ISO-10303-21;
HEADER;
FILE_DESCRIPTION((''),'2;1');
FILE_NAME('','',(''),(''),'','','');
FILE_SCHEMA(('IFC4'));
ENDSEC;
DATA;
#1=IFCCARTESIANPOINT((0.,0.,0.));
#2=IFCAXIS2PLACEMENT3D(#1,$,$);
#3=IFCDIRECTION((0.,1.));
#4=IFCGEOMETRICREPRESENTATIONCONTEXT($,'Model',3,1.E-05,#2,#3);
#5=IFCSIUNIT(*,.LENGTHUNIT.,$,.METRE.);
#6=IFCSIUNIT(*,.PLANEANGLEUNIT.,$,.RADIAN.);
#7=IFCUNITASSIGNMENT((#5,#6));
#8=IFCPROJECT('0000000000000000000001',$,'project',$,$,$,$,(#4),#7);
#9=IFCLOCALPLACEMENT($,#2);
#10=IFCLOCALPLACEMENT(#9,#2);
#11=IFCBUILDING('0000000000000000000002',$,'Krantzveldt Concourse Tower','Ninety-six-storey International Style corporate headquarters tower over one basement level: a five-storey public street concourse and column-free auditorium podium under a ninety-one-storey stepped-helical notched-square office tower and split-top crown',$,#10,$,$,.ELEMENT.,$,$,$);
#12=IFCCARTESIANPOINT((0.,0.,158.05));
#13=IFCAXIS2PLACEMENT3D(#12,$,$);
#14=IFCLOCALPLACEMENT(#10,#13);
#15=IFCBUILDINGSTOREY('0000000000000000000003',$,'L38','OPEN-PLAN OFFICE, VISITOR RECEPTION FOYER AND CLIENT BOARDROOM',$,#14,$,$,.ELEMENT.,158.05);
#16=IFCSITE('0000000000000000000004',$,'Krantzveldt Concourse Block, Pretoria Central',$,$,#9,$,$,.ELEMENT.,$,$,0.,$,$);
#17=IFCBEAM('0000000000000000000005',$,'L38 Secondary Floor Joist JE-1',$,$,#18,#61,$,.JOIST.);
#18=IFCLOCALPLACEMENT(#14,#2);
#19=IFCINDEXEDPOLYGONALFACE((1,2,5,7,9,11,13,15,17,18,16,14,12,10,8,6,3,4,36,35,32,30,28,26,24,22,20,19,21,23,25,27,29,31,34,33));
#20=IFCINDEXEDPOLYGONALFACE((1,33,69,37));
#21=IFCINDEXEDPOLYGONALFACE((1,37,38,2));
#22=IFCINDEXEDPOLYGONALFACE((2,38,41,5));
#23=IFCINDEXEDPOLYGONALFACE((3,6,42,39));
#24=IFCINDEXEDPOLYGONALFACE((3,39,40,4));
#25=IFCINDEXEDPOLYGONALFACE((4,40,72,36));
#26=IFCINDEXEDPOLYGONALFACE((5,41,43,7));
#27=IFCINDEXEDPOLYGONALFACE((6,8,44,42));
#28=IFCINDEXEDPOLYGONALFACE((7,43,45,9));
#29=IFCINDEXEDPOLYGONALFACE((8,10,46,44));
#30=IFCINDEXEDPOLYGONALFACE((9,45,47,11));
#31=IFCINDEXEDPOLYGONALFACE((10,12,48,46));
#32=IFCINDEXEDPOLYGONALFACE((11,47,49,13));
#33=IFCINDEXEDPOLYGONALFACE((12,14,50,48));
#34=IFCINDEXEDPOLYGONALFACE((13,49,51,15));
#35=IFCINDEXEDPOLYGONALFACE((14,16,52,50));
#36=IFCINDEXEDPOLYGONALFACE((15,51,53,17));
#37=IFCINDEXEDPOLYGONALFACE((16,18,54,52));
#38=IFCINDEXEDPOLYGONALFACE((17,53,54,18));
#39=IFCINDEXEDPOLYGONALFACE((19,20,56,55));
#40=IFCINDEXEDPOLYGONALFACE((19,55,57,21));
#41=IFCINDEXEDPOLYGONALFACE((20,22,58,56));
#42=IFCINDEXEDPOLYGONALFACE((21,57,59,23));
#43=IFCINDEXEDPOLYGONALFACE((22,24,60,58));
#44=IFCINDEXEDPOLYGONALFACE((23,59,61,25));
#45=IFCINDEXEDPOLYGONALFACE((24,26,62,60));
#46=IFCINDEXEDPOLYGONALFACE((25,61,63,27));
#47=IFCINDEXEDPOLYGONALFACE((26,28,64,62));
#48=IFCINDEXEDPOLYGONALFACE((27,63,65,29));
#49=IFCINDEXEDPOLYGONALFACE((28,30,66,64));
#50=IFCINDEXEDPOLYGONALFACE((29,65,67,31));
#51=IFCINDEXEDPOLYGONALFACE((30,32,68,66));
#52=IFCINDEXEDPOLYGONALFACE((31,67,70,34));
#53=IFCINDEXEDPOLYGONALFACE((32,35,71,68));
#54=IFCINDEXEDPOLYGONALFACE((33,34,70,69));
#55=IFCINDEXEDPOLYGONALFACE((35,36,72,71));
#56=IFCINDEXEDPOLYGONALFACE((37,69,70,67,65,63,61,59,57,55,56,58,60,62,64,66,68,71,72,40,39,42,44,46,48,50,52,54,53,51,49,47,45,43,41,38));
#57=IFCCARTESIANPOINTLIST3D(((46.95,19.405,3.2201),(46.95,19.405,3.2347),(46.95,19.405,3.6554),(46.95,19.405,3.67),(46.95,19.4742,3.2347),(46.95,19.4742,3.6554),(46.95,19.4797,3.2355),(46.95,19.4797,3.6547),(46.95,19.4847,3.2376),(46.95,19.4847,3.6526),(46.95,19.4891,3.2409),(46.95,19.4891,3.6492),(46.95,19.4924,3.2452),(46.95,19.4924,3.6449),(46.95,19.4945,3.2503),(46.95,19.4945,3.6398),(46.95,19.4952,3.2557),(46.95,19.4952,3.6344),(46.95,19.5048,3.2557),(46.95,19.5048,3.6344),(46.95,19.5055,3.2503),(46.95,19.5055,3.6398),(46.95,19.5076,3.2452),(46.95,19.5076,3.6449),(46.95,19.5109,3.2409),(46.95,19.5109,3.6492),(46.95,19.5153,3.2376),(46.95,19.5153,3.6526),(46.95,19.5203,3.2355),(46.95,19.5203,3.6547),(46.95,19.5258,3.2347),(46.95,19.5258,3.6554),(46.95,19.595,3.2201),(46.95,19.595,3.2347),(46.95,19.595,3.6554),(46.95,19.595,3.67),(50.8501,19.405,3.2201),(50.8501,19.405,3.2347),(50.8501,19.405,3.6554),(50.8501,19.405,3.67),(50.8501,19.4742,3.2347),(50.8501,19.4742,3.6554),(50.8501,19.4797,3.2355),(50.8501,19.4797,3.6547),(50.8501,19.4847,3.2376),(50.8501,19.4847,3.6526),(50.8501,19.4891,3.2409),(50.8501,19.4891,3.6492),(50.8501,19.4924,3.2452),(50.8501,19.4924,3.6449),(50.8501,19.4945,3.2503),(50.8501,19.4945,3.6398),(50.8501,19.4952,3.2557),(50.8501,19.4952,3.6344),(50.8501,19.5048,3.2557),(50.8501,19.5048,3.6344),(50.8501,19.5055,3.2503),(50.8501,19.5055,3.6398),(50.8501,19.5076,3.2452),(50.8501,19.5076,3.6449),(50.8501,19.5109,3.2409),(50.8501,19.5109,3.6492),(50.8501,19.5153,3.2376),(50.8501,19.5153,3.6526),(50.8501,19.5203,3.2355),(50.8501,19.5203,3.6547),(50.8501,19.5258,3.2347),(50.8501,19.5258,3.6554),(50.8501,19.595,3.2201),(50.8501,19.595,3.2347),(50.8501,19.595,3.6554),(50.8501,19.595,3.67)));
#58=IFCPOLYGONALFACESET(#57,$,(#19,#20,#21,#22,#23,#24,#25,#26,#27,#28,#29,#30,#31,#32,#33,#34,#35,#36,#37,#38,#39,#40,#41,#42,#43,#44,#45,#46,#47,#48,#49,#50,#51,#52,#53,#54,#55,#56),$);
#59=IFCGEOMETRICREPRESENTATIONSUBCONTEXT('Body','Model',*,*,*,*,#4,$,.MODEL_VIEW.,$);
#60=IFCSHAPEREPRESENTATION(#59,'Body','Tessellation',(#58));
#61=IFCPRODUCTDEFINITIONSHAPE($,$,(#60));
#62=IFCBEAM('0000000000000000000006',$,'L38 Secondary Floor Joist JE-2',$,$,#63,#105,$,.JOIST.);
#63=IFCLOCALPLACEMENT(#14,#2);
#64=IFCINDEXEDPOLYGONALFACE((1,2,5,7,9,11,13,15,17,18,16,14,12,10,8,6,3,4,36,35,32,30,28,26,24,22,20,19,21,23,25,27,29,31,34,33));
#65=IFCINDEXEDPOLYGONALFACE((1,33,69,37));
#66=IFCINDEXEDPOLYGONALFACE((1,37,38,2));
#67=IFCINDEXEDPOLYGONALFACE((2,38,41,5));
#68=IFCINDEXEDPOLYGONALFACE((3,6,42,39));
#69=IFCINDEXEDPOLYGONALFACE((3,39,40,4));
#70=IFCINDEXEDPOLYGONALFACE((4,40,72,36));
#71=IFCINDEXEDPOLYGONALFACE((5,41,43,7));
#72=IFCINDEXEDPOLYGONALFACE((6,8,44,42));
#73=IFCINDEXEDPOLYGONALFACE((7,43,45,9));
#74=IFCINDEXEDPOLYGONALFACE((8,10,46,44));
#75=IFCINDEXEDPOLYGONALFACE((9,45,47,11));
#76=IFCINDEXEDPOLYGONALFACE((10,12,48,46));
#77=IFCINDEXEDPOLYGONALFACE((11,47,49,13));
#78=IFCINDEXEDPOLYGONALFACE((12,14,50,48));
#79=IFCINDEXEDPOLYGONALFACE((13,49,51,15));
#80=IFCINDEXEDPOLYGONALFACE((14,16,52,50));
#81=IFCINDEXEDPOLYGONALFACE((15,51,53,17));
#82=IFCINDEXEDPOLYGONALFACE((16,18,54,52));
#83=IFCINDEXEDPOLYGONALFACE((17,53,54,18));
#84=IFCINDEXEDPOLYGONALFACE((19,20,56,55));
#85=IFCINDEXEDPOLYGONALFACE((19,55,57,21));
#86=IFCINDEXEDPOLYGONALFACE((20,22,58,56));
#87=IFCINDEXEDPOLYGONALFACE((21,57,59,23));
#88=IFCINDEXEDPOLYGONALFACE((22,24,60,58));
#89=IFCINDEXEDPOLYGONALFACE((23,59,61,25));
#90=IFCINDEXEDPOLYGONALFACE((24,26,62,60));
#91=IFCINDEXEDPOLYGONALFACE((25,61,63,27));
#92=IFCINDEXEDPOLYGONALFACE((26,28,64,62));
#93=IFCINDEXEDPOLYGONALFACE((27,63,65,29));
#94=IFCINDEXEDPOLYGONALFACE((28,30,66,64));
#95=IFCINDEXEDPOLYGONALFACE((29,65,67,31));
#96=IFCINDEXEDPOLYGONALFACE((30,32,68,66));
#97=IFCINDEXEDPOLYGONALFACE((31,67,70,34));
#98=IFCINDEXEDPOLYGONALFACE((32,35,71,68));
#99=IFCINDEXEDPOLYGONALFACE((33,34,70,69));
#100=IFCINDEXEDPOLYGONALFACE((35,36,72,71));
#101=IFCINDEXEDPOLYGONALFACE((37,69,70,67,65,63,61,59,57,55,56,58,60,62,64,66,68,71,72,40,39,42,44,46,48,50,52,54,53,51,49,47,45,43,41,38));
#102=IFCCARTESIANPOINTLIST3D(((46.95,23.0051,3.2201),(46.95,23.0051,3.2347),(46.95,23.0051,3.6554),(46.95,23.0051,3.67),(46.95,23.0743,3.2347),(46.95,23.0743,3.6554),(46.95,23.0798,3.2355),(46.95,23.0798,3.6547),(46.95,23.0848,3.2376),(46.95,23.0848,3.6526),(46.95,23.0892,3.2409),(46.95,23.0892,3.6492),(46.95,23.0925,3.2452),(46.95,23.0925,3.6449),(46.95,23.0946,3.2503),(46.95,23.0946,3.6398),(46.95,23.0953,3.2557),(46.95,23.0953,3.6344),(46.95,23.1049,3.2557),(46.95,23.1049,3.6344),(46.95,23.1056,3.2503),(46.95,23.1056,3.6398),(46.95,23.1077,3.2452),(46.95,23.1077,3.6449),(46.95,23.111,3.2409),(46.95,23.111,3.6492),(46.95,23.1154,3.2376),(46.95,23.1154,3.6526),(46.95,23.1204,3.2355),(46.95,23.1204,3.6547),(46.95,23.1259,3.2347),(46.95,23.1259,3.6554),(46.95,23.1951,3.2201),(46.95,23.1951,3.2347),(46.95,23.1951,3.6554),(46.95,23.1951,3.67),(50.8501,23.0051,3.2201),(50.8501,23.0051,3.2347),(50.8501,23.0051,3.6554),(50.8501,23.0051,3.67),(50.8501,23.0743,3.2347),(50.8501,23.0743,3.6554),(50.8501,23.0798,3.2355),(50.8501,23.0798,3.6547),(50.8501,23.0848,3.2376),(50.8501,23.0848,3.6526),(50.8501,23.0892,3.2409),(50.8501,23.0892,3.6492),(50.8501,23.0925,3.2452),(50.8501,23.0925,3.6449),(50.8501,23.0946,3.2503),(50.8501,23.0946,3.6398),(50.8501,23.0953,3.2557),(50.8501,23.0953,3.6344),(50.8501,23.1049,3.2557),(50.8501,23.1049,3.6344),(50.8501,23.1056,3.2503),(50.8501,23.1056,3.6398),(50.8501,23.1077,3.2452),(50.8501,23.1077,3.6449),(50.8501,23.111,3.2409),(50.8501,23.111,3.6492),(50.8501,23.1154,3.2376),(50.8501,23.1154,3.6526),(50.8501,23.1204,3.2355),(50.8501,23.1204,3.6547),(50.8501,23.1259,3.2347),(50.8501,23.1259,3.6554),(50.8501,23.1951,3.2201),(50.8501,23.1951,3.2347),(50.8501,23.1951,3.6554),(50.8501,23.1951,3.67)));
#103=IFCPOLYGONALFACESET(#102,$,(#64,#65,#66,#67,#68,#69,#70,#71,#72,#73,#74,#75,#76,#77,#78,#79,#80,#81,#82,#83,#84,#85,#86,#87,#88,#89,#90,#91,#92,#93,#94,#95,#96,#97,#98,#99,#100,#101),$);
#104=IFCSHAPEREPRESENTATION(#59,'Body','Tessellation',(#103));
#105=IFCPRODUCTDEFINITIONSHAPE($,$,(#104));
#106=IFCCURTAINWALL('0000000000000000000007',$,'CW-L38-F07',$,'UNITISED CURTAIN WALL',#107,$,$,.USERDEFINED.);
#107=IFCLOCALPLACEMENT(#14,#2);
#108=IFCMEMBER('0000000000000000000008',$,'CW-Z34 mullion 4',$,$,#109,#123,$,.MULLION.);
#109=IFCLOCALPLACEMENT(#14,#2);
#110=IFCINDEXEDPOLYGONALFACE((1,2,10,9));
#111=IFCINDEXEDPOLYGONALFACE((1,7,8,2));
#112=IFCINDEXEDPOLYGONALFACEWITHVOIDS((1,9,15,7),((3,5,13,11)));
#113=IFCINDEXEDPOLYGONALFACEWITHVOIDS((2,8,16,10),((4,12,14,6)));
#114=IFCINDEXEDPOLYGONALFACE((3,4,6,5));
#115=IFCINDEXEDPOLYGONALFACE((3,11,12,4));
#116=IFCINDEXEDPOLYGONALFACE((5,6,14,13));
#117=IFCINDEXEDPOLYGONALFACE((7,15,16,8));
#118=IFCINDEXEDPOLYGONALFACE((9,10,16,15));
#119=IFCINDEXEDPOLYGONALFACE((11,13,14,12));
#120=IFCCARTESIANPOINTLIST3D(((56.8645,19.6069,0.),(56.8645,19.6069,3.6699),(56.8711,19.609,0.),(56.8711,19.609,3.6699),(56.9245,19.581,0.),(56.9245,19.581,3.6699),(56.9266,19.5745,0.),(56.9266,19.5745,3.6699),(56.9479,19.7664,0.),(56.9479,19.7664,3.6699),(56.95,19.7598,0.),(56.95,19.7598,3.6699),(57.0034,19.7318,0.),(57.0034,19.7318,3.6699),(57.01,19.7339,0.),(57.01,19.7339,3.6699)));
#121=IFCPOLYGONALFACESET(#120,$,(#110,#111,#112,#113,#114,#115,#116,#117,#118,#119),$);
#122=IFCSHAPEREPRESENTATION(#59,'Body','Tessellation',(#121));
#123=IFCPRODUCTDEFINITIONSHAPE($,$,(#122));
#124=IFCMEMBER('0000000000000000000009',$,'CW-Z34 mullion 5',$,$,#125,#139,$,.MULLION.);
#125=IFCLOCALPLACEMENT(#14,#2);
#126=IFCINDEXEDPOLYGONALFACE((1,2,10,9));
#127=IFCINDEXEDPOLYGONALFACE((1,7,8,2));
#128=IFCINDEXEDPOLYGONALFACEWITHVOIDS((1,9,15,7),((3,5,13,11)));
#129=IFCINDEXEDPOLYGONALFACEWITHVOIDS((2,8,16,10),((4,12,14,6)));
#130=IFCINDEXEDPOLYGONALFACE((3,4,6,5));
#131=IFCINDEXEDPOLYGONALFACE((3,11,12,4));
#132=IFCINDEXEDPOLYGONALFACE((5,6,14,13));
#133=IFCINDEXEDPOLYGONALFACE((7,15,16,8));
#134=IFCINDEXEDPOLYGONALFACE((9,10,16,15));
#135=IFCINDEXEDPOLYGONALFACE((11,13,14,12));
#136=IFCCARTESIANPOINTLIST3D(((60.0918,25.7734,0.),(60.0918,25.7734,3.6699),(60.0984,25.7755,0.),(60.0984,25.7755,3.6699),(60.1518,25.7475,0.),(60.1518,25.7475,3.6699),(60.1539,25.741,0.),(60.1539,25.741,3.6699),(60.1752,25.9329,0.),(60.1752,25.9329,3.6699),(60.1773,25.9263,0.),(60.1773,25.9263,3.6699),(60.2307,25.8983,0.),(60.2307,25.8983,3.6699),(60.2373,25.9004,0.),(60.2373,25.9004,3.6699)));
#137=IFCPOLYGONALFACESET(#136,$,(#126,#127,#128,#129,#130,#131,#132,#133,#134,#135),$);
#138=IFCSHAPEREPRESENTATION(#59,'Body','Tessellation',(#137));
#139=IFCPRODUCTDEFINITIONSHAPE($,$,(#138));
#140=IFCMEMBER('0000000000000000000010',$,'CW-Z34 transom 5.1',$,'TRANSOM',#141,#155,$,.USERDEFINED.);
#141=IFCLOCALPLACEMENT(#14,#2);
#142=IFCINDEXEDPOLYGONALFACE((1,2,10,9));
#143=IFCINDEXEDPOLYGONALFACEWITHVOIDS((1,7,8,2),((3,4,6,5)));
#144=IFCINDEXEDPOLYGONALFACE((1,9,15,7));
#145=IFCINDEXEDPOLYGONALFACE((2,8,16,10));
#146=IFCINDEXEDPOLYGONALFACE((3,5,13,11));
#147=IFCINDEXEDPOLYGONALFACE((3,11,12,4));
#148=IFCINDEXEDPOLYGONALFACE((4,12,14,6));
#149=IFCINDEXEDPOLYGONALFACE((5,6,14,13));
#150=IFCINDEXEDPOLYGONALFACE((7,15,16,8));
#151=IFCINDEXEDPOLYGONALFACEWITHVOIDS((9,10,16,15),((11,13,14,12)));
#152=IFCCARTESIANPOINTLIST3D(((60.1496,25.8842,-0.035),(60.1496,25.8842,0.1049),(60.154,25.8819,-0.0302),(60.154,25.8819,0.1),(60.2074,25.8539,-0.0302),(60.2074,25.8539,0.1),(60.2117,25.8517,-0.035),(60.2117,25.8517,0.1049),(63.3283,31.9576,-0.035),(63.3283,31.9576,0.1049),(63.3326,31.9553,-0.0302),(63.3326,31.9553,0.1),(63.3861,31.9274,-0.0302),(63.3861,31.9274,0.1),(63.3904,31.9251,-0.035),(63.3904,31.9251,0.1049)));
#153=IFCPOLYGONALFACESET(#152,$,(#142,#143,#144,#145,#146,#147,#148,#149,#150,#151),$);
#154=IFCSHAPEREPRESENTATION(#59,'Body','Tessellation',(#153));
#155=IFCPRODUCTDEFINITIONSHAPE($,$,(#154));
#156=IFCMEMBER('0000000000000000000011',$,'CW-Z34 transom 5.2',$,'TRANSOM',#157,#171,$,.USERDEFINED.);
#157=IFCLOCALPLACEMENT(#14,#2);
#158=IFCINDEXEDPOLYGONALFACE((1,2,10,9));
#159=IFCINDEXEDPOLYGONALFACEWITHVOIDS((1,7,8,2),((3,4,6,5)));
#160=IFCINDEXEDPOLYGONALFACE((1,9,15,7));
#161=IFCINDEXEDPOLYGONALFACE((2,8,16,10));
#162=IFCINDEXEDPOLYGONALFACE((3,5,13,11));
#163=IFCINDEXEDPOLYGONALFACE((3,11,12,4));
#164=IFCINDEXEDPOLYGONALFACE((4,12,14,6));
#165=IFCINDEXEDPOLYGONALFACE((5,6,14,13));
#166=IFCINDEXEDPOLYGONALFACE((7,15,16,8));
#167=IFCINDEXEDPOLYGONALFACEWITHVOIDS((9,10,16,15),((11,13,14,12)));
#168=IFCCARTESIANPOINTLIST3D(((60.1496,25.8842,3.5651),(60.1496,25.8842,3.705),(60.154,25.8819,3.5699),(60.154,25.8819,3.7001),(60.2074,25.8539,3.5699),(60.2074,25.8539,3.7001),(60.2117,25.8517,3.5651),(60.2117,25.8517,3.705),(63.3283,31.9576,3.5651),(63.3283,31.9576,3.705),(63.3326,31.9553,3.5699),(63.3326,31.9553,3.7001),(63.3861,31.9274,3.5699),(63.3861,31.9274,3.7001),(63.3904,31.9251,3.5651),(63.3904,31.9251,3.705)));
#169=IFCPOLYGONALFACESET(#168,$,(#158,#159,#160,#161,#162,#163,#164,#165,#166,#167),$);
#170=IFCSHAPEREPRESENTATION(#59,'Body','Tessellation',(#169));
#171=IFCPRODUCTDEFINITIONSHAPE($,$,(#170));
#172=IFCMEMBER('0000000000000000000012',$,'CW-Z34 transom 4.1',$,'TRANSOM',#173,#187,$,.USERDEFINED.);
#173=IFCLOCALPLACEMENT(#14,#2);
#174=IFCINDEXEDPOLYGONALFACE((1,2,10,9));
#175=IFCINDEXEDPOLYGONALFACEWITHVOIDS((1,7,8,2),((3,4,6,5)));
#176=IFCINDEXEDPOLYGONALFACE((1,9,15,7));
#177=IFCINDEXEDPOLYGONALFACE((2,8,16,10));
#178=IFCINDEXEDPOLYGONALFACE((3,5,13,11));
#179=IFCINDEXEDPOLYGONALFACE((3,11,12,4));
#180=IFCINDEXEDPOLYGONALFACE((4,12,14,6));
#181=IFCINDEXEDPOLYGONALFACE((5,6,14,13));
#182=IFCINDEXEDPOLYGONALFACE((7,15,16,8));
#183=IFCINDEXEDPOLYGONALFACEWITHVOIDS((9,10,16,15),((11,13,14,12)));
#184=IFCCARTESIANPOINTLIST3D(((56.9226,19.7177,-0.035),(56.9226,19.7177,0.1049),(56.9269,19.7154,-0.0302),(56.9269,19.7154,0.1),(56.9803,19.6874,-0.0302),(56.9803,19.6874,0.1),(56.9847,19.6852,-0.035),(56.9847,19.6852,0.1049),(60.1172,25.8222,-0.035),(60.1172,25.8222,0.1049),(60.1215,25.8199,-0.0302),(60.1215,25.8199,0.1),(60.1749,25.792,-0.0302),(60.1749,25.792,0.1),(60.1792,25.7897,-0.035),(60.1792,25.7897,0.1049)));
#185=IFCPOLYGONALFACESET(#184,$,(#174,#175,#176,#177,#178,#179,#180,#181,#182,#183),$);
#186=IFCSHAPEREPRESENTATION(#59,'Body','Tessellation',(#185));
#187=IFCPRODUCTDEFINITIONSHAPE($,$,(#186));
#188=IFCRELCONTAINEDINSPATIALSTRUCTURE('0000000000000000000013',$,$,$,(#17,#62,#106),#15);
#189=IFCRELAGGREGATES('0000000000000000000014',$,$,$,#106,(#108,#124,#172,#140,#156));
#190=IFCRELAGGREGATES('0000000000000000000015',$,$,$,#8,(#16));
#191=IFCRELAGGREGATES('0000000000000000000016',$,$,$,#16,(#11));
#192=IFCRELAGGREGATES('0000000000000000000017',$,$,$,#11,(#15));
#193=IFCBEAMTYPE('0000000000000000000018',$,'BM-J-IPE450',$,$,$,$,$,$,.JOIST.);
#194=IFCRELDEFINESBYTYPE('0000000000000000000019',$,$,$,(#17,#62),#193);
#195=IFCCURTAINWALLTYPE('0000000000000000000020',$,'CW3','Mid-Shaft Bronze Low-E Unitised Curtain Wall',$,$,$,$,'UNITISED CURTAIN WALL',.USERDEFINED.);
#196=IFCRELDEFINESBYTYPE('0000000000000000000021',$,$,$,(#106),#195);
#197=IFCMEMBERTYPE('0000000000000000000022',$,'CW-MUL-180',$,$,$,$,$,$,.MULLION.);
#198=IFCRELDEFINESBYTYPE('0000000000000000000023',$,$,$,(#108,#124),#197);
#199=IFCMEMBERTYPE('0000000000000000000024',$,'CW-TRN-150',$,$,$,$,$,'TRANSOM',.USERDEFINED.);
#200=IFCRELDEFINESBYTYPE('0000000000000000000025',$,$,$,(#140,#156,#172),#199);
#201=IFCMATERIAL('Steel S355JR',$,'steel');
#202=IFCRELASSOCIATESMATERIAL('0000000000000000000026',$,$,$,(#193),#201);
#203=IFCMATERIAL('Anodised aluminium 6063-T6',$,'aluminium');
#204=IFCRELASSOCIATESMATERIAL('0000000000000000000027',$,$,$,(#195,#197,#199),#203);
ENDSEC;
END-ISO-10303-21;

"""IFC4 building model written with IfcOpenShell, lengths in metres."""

from ifc_helpers import new_model, si_unit, direction, frame, origin, origin_2d, place, context, subcontext, project, spatial, hollow_rectangle, i_section, extrude, source, transform, mapped, material, material_profile, profile_set, type_object, type_shapes, element, aggregate, save


model = new_model("IFC4")

# Units and contexts
model_context = context("Model", 3, precision=1e-05, world=origin(), true_north=direction((0.0, 1.0)))
body_context = subcontext(model_context, "Body", "Model", "MODEL_VIEW")
ifc_project = project(units=[si_unit("LENGTHUNIT", "METRE"), si_unit("PLANEANGLEUNIT", "RADIAN")], contexts=[model_context])

# Site, building, storey
site_placement = place(None, origin())
site = spatial("IfcSite", under=ifc_project, at=site_placement, Name="Krantzveldt Concourse Block, Pretoria Central", CompositionType="ELEMENT", RefElevation=0.0)
building_placement = place(site_placement, origin())
building = spatial("IfcBuilding", under=site, at=building_placement, Name="Krantzveldt Concourse Tower", Description="Ninety-six-storey International Style corporate headquarters tower over one basement level: a five-storey public street concourse and column-free auditorium podium under a ninety-one-storey stepped-helical notched-square office tower and split-top crown", CompositionType="ELEMENT")
storey_placement = place(building_placement, frame((0.0, 0.0, 158.05)))
storey = spatial("IfcBuildingStorey", under=building, at=storey_placement, Name="L38", Description="OPEN-PLAN OFFICE, VISITOR RECEPTION FOYER AND CLIENT BOARDROOM", CompositionType="ELEMENT", Elevation=158.05)

# Beams
ifc_material_1 = material(Name="Steel S355JR", Category="steel")
ifc_material_profile_1 = material_profile(ifc_material_1, i_section(OverallWidth=0.1899, OverallDepth=0.45, WebThickness=0.0095, FlangeThickness=0.0146, FilletRadius=0.021, at=origin_2d()), Name="Steel S355JR", Category="steel")
ifc_profile_set_1 = profile_set([ifc_material_profile_1], Name="Steel S355JR - IPE 450")
beam_type_1 = type_object("IfcBeamType", Name="BM-J-IPE450", PredefinedType="JOIST", material=ifc_profile_set_1)
shared_shape_1 = source(origin(), body_context, "Body", "SweptSolid", [
    extrude(i_section(OverallWidth=0.1899, OverallDepth=0.45, WebThickness=0.0095, FlangeThickness=0.0146, FilletRadius=0.021, at=origin_2d()), origin(), (0.0, 0.0, 1.0), 3.9001),
])
type_shapes(beam_type_1, [shared_shape_1])
for number, where, z_axis, x_axis, name in (
    (1, (46.95, 19.5, 3.4451), (1.0, 0.0, 0.0), (0.0, 1.0, 0.0), "L38 Secondary Floor Joist JE-1"),
    (2, (46.95, 23.1001, 3.4451), (1.0, 0.0, 0.0), (0.0, 1.0, 0.0), "L38 Secondary Floor Joist JE-2"),
):
    element("IfcBeam", number, at=place(storey_placement, frame(where, z_axis=z_axis, x_axis=x_axis)), inside=storey, type_object=beam_type_1, Name=name, PredefinedType="JOIST", context=body_context, shape_type="MappedRepresentation", body=[
        mapped(shared_shape_1, transform((0.0, 0.0, 0.0), x_axis=(1.0, 0.0, 0.0), y_axis=(0.0, 1.0, 0.0), z_axis=(0.0, 0.0, 1.0), scale=1.0)),
    ])

# Curtain wall, members
ifc_material_2 = material(Name="Anodised aluminium 6063-T6", Category="aluminium")
curtain_wall_type = type_object("IfcCurtainWallType", Name="CW3", Description="Mid-Shaft Bronze Low-E Unitised Curtain Wall", ElementType="UNITISED CURTAIN WALL", PredefinedType="USERDEFINED", material=ifc_material_2)
curtain_wall_placement = place(storey_placement, origin())
curtain_wall = element("IfcCurtainWall", 3, at=curtain_wall_placement, inside=storey, type_object=curtain_wall_type, Name="CW-L38-F07", ObjectType="UNITISED CURTAIN WALL", PredefinedType="USERDEFINED")
ifc_material_profile_2 = material_profile(ifc_material_2, hollow_rectangle(XDim=0.0701, YDim=0.1799, WallThickness=0.0049, at=origin_2d()), Name="Anodised aluminium 6063-T6", Category="aluminium")
ifc_profile_set_2 = profile_set([ifc_material_profile_2], Name="Anodised aluminium 6063-T6 - ALU-MULL 180x70x5")
member_type_1 = type_object("IfcMemberType", Name="CW-MUL-180", PredefinedType="MULLION", material=ifc_profile_set_2)
shared_shape_2 = source(origin(), body_context, "Body", "SweptSolid", [
    extrude(hollow_rectangle(XDim=0.0701, YDim=0.1799, WallThickness=0.0049, at=origin_2d()), origin(), (0.0, 0.0, 1.0), 3.6699),
])
type_shapes(member_type_1, [shared_shape_2])
member_1_placement = place(storey_placement, frame((56.9373, 19.6704, 0.0), z_axis=(0.0, 0.0, 1.0), x_axis=(-0.886001, 0.463683, 0.0)))
member_1 = element("IfcMember", 4, at=member_1_placement, type_object=member_type_1, Name="CW-Z34 mullion 4", PredefinedType="MULLION", context=body_context, shape_type="MappedRepresentation", body=[
    mapped(shared_shape_2, transform((0.0, 0.0, 0.0), x_axis=(1.0, 0.0, 0.0), y_axis=(0.0, 1.0, 0.0), z_axis=(0.0, 0.0, 1.0), scale=1.0)),
])
member_2_placement = place(storey_placement, frame((60.1646, 25.8369, 0.0), z_axis=(0.0, 0.0, 1.0), x_axis=(-0.886001, 0.463683, 0.0)))
member_2 = element("IfcMember", 5, at=member_2_placement, type_object=member_type_1, Name="CW-Z34 mullion 5", PredefinedType="MULLION", context=body_context, shape_type="MappedRepresentation", body=[
    mapped(shared_shape_2, transform((0.0, 0.0, 0.0), x_axis=(1.0, 0.0, 0.0), y_axis=(0.0, 1.0, 0.0), z_axis=(0.0, 0.0, 1.0), scale=1.0)),
])
ifc_material_profile_3 = material_profile(ifc_material_2, hollow_rectangle(XDim=0.0701, YDim=0.1399, WallThickness=0.0049, at=origin_2d()), Name="Anodised aluminium 6063-T6", Category="aluminium")
ifc_profile_set_3 = profile_set([ifc_material_profile_3], Name="Anodised aluminium 6063-T6 - ALU-TRAN 140x70x5")
member_type_2 = type_object("IfcMemberType", Name="CW-TRN-150", ElementType="TRANSOM", PredefinedType="USERDEFINED", material=ifc_profile_set_3)
shared_shape_3 = source(origin(), body_context, "Body", "SweptSolid", [
    extrude(hollow_rectangle(XDim=0.0701, YDim=0.1399, WallThickness=0.0049, at=origin_2d()), origin(), (0.0, 0.0, 1.0), 6.855),
])
member_3_placement = place(storey_placement, frame((60.1807, 25.8679, 0.0349), z_axis=(0.463705, 0.88599, 0.0), x_axis=(-0.88599, 0.463705, 0.0)))
member_3 = element("IfcMember", 6, at=member_3_placement, type_object=member_type_2, Name="CW-Z34 transom 5.1", ObjectType="TRANSOM", PredefinedType="USERDEFINED", context=body_context, shape_type="MappedRepresentation", body=[
    mapped(shared_shape_3, transform((0.0, 0.0, 0.0), x_axis=(1.0, 0.0, 0.0), y_axis=(0.0, 1.0, 0.0), z_axis=(0.0, 0.0, 1.0), scale=1.0)),
])
member_4_placement = place(storey_placement, frame((60.1807, 25.8679, 3.635), z_axis=(0.463705, 0.88599, 0.0), x_axis=(-0.88599, 0.463705, 0.0)))
member_4 = element("IfcMember", 7, at=member_4_placement, type_object=member_type_2, Name="CW-Z34 transom 5.2", ObjectType="TRANSOM", PredefinedType="USERDEFINED", context=body_context, shape_type="MappedRepresentation", body=[
    mapped(shared_shape_3, transform((0.0, 0.0, 0.0), x_axis=(1.0, 0.0, 0.0), y_axis=(0.0, 1.0, 0.0), z_axis=(0.0, 0.0, 1.0), scale=1.0)),
])
shared_shape_4 = source(origin(), body_context, "Body", "SweptSolid", [
    extrude(hollow_rectangle(XDim=0.0701, YDim=0.1399, WallThickness=0.0049, at=origin_2d()), origin(), (0.0, 0.0, 1.0), 6.8899),
])
type_shapes(member_type_2, [shared_shape_3, shared_shape_4])
member_5_placement = place(storey_placement, frame((56.9536, 19.7014, 0.0349), z_axis=(0.463664, 0.886011, 0.0), x_axis=(-0.886011, 0.463664, 0.0)))
member_5 = element("IfcMember", 8, at=member_5_placement, type_object=member_type_2, Name="CW-Z34 transom 4.1", ObjectType="TRANSOM", PredefinedType="USERDEFINED", context=body_context, shape_type="MappedRepresentation", body=[
    mapped(shared_shape_4, transform((0.0, 0.0, 0.0), x_axis=(1.0, 0.0, 0.0), y_axis=(0.0, 1.0, 0.0), z_axis=(0.0, 0.0, 1.0), scale=1.0)),
])
aggregate(curtain_wall, [member_1, member_2, member_5, member_3, member_4])

save(model, "model.ifc")
